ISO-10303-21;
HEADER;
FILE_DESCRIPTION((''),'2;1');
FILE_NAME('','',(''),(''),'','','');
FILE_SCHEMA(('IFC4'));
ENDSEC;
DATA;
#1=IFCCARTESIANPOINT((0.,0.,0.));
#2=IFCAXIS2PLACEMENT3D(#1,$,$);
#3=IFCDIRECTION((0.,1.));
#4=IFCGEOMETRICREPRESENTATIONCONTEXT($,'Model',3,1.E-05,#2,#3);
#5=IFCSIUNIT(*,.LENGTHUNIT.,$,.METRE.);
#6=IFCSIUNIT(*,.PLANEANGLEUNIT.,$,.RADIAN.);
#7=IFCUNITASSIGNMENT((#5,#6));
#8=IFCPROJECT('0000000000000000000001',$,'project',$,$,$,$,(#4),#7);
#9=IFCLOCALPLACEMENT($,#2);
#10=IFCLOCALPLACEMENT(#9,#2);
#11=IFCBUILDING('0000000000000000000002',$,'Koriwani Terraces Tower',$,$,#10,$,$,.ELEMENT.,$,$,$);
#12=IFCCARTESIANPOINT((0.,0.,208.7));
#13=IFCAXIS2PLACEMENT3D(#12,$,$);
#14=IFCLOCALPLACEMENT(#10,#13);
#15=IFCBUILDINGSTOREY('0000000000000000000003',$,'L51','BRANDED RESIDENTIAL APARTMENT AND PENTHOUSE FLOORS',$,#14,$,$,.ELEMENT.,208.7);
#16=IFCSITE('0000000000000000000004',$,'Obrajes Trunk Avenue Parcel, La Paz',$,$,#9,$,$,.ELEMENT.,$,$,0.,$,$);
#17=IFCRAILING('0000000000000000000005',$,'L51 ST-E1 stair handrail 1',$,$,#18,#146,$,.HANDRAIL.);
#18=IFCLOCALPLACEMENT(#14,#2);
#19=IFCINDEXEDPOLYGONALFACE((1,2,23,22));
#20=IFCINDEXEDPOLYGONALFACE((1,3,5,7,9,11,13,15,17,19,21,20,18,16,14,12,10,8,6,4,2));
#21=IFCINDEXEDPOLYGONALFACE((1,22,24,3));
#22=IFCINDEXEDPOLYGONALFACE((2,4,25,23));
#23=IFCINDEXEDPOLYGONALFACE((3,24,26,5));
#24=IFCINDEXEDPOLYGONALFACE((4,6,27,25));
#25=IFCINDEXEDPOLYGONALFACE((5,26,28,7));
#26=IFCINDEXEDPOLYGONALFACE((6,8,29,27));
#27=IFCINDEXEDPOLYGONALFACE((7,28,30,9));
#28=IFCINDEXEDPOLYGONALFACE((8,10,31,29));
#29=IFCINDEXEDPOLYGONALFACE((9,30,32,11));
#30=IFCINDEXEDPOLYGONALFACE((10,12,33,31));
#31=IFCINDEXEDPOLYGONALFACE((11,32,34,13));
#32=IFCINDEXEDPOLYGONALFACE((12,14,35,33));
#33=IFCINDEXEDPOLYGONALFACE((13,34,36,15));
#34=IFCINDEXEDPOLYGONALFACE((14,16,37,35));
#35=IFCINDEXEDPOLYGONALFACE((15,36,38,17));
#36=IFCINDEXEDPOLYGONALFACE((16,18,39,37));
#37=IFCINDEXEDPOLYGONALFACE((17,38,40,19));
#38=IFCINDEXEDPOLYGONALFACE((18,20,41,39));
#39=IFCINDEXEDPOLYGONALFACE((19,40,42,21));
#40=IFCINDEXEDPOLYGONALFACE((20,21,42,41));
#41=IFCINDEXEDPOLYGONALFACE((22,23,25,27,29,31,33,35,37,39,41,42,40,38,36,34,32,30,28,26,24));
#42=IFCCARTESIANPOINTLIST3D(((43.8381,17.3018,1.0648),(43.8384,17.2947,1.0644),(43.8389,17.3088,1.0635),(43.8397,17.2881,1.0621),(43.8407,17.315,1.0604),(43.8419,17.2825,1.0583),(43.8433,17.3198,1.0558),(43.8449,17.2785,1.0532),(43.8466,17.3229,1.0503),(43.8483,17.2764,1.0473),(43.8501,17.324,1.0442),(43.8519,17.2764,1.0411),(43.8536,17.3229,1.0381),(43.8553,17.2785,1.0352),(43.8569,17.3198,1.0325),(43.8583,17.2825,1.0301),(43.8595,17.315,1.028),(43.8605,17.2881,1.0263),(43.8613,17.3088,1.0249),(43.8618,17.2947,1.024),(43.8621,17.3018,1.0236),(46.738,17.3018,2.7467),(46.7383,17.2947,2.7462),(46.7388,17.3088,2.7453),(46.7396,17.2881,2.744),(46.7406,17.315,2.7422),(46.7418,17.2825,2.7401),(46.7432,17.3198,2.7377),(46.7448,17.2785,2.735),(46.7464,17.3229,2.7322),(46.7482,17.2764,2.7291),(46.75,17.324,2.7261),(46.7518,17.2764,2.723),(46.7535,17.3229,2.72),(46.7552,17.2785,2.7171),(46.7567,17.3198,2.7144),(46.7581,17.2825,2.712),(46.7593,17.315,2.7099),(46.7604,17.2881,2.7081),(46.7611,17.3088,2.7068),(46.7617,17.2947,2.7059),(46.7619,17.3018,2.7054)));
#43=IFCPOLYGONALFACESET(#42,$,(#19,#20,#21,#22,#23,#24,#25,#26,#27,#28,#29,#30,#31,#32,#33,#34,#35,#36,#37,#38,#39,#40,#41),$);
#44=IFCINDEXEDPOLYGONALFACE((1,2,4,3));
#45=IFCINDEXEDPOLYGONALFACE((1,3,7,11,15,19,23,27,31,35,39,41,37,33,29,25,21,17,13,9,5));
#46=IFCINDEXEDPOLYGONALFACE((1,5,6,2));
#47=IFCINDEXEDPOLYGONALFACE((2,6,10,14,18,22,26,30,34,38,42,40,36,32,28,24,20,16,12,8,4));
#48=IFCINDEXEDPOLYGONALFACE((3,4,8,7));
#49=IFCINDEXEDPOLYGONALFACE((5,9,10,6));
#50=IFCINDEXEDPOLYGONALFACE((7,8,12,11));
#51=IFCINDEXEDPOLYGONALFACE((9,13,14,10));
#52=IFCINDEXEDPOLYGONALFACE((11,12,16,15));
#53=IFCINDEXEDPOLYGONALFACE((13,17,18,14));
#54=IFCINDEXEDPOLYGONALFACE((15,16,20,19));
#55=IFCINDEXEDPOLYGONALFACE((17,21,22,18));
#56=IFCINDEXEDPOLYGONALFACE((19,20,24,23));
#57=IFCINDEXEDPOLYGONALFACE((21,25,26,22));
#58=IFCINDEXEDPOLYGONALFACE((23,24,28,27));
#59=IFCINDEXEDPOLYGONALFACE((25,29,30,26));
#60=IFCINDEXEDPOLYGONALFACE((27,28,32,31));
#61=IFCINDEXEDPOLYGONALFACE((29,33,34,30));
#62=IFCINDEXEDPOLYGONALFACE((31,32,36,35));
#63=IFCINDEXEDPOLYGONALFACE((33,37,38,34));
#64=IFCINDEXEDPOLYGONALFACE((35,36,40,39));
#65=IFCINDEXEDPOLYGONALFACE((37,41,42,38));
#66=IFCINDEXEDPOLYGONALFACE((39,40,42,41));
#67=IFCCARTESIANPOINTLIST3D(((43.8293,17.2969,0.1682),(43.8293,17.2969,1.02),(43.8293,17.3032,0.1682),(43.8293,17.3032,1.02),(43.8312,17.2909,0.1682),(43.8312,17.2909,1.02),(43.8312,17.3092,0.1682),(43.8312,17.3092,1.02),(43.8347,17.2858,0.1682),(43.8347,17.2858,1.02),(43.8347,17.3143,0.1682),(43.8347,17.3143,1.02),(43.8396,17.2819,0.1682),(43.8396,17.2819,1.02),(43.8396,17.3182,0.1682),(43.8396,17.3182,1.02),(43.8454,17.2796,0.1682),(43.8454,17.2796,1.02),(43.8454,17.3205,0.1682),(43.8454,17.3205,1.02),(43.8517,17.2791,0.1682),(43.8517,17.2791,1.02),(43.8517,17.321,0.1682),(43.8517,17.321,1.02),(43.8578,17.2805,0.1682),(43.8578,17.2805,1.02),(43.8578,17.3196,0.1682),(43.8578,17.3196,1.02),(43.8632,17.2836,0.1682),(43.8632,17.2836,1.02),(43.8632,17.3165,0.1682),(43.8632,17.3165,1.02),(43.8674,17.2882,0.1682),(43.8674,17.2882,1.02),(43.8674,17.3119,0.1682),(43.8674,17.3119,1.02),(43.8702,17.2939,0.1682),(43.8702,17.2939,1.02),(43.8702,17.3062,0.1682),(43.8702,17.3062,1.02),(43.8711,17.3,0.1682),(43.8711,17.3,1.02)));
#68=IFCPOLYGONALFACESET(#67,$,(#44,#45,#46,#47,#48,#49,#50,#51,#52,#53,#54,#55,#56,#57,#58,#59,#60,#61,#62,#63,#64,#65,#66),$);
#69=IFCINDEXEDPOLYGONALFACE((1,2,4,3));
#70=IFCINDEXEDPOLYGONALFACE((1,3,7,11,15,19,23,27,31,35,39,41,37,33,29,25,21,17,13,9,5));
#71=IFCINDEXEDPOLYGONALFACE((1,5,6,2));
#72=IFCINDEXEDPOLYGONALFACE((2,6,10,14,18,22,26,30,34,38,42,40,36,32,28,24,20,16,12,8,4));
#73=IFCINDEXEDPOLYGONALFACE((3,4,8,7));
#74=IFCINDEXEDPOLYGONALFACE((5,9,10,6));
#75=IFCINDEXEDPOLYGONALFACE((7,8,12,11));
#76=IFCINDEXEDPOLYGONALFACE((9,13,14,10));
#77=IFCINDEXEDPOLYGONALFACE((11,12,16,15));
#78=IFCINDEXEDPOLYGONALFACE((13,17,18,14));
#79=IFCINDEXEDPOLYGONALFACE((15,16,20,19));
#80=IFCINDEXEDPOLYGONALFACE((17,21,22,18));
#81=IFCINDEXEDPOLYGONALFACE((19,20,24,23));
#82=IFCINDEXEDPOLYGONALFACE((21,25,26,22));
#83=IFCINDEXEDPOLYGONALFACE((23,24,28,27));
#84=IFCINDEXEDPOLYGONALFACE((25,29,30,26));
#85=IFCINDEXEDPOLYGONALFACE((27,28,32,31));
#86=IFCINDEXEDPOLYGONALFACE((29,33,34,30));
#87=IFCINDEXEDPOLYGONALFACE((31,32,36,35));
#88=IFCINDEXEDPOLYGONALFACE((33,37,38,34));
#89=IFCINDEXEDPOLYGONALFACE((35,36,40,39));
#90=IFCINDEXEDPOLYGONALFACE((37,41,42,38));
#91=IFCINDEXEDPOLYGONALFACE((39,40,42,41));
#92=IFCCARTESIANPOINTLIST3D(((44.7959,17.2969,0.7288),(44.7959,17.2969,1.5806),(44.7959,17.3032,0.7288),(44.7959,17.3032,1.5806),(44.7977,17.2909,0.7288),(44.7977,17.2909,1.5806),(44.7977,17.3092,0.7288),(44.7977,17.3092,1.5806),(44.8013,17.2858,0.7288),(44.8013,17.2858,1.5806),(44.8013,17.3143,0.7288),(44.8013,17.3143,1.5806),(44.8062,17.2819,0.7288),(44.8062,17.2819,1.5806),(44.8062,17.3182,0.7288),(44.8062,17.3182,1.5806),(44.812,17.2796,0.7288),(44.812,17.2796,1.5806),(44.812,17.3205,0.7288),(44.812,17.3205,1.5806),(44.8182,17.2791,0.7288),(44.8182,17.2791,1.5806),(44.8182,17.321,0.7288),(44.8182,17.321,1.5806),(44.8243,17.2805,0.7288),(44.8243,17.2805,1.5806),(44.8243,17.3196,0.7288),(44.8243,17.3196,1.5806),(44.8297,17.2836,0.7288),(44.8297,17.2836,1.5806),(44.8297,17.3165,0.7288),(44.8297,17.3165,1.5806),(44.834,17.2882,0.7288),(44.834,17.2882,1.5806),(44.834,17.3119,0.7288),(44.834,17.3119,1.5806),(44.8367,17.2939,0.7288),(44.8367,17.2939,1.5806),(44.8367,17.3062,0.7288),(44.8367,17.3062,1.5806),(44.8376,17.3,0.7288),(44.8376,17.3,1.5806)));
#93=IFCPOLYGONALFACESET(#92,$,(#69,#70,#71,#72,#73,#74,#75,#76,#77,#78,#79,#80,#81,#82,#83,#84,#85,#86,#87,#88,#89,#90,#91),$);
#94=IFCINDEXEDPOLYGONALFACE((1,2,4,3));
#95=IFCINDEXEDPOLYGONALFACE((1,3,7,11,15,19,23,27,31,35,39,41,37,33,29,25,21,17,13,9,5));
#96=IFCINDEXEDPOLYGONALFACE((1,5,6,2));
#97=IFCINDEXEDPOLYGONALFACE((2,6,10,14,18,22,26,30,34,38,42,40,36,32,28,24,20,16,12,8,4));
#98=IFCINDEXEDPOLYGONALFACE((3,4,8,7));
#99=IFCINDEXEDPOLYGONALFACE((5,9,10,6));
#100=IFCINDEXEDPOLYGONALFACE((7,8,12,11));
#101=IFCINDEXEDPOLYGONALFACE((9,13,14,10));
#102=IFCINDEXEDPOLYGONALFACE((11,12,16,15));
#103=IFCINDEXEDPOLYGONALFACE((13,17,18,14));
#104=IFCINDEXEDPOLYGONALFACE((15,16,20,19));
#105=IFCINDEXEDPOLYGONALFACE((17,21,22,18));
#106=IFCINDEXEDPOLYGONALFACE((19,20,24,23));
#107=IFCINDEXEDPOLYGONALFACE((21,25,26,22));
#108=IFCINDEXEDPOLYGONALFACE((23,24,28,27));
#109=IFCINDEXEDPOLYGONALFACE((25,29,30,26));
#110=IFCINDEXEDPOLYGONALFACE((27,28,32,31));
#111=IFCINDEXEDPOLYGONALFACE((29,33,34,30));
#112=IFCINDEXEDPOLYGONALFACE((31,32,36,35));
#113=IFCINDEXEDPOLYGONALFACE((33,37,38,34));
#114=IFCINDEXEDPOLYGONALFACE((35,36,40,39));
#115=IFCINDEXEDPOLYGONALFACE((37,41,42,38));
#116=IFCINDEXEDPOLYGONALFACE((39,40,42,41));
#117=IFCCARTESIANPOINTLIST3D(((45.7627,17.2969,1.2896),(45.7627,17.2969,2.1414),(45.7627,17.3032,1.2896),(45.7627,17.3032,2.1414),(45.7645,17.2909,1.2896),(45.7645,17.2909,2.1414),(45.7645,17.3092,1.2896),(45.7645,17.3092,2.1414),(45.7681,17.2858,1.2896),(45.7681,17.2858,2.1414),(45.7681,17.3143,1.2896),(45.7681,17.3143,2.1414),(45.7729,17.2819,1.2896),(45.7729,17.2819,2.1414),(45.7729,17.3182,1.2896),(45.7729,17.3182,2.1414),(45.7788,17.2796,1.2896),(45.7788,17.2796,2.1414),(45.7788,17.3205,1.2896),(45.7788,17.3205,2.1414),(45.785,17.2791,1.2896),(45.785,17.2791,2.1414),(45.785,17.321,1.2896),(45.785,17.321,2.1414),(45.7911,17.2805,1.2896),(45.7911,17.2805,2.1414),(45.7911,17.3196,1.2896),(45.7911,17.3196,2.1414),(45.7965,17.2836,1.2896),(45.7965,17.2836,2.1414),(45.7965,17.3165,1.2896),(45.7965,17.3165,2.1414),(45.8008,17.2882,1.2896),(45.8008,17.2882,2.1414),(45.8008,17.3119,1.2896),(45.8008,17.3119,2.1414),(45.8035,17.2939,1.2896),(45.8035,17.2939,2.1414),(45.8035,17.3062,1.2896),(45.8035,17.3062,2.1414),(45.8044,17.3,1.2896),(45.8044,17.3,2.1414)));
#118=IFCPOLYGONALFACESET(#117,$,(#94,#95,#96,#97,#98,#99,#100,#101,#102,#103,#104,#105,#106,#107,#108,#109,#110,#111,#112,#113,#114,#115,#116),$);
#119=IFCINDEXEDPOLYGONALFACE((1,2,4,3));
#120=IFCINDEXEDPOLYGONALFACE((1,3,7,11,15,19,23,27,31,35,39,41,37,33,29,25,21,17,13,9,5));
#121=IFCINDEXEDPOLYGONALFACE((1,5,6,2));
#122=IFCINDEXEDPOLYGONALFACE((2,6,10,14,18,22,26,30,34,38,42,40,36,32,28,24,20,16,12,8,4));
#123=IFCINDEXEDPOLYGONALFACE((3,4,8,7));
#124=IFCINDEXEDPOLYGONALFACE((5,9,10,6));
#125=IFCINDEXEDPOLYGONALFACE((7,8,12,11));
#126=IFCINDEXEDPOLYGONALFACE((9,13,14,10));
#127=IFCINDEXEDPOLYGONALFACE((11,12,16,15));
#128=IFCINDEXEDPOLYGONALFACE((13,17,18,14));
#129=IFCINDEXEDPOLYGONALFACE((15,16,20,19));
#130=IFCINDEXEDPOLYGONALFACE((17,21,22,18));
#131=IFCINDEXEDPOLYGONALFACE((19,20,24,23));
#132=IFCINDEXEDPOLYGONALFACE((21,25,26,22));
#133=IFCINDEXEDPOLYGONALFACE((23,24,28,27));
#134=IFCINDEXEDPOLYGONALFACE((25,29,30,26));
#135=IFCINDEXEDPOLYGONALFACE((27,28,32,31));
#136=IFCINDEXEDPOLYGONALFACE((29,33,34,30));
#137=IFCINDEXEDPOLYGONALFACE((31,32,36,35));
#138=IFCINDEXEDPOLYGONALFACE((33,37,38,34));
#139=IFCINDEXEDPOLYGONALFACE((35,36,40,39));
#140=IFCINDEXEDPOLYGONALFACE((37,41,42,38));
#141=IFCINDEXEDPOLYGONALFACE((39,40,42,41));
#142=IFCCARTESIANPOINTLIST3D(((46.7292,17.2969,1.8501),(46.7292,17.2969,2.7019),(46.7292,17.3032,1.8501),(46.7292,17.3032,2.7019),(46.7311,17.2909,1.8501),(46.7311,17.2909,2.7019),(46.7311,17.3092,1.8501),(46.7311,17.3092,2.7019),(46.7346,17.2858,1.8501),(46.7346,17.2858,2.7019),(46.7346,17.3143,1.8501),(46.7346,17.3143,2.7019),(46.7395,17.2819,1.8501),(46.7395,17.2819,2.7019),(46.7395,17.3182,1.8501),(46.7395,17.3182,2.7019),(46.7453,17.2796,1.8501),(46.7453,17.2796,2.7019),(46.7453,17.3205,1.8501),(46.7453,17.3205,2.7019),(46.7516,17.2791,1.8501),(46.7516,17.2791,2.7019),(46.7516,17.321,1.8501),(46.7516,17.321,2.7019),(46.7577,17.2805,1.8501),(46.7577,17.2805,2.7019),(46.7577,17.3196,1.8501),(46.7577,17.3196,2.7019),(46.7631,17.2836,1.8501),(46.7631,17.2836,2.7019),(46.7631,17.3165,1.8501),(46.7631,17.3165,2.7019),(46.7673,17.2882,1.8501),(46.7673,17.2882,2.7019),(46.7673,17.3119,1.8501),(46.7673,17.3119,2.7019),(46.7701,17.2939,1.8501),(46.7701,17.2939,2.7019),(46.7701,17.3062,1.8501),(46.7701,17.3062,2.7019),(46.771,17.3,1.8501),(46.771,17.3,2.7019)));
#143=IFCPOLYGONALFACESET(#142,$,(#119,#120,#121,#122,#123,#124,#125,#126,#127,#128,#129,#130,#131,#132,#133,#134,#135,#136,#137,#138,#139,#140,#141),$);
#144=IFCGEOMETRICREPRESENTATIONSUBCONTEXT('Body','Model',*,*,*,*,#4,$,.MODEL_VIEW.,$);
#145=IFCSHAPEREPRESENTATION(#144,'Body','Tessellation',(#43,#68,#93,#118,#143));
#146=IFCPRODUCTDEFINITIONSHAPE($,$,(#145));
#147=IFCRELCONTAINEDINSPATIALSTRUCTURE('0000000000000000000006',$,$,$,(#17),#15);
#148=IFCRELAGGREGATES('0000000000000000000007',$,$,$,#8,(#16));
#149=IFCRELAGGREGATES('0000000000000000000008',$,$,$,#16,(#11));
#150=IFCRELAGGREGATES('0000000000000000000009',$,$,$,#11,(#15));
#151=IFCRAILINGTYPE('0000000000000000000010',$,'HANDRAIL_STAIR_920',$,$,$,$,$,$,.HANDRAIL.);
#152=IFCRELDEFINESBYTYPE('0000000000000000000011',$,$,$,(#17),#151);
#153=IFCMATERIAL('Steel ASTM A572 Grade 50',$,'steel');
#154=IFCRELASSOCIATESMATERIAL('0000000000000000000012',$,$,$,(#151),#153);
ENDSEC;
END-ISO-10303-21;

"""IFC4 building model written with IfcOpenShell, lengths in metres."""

from ifc_helpers import new_model, si_unit, direction, frame, origin, origin_2d, place, context, subcontext, project, spatial, circle, extrude, material, type_object, element, save


model = new_model("IFC4")

# Units and contexts
model_context = context("Model", 3, precision=1e-05, world=origin(), true_north=direction((0.0, 1.0)))
body_context = subcontext(model_context, "Body", "Model", "MODEL_VIEW")
ifc_project = project(units=[si_unit("LENGTHUNIT", "METRE"), si_unit("PLANEANGLEUNIT", "RADIAN")], contexts=[model_context])

# Site, building, storey
site_placement = place(None, origin())
site = spatial("IfcSite", under=ifc_project, at=site_placement, Name="Obrajes Trunk Avenue Parcel, La Paz", CompositionType="ELEMENT", RefElevation=0.0)
building_placement = place(site_placement, origin())
building = spatial("IfcBuilding", under=site, at=building_placement, Name="Koriwani Terraces Tower", CompositionType="ELEMENT")
storey_placement = place(building_placement, frame((0.0, 0.0, 208.7)))
storey = spatial("IfcBuildingStorey", under=building, at=storey_placement, Name="L51", Description="BRANDED RESIDENTIAL APARTMENT AND PENTHOUSE FLOORS", CompositionType="ELEMENT", Elevation=208.7)

# Shared definitions
ifc_material_1 = material(Name="Steel ASTM A572 Grade 50", Category="steel")

# Railing
railing_type_1 = type_object("IfcRailingType", Name="HANDRAIL_STAIR_920", PredefinedType="HANDRAIL", material=ifc_material_1)
railing_1_placement = place(storey_placement, frame((43.8501, 17.3, 0.1682)))
element("IfcRailing", 1, at=railing_1_placement, inside=storey, type_object=railing_type_1, Name="L51 ST-E1 stair handrail 1", PredefinedType="HANDRAIL", context=body_context, shape_type="SweptSolid", body=[
    extrude(circle(Radius=0.0239, at=origin_2d()), frame((0.0, 0.0, 0.876), z_axis=(0.865039, 0.0, 0.501705), x_axis=(0.0, 1.0, 0.0)), (0.0, 0.0, 1.0), 3.3523),
    extrude(circle(Radius=0.021, at=origin_2d()), origin(), (0.0, 0.0, 1.0), 0.8518),
    extrude(circle(Radius=0.021, at=origin_2d()), frame((0.9666, 0.0, 0.5605)), (0.0, 0.0, 1.0), 0.8518),
    extrude(circle(Radius=0.021, at=origin_2d()), frame((1.9333, 0.0, 1.1213)), (0.0, 0.0, 1.0), 0.8518),
    extrude(circle(Radius=0.021, at=origin_2d()), frame((2.8999, 0.0, 1.6819)), (0.0, 0.0, 1.0), 0.8518),
])

save(model, "model.ifc")
